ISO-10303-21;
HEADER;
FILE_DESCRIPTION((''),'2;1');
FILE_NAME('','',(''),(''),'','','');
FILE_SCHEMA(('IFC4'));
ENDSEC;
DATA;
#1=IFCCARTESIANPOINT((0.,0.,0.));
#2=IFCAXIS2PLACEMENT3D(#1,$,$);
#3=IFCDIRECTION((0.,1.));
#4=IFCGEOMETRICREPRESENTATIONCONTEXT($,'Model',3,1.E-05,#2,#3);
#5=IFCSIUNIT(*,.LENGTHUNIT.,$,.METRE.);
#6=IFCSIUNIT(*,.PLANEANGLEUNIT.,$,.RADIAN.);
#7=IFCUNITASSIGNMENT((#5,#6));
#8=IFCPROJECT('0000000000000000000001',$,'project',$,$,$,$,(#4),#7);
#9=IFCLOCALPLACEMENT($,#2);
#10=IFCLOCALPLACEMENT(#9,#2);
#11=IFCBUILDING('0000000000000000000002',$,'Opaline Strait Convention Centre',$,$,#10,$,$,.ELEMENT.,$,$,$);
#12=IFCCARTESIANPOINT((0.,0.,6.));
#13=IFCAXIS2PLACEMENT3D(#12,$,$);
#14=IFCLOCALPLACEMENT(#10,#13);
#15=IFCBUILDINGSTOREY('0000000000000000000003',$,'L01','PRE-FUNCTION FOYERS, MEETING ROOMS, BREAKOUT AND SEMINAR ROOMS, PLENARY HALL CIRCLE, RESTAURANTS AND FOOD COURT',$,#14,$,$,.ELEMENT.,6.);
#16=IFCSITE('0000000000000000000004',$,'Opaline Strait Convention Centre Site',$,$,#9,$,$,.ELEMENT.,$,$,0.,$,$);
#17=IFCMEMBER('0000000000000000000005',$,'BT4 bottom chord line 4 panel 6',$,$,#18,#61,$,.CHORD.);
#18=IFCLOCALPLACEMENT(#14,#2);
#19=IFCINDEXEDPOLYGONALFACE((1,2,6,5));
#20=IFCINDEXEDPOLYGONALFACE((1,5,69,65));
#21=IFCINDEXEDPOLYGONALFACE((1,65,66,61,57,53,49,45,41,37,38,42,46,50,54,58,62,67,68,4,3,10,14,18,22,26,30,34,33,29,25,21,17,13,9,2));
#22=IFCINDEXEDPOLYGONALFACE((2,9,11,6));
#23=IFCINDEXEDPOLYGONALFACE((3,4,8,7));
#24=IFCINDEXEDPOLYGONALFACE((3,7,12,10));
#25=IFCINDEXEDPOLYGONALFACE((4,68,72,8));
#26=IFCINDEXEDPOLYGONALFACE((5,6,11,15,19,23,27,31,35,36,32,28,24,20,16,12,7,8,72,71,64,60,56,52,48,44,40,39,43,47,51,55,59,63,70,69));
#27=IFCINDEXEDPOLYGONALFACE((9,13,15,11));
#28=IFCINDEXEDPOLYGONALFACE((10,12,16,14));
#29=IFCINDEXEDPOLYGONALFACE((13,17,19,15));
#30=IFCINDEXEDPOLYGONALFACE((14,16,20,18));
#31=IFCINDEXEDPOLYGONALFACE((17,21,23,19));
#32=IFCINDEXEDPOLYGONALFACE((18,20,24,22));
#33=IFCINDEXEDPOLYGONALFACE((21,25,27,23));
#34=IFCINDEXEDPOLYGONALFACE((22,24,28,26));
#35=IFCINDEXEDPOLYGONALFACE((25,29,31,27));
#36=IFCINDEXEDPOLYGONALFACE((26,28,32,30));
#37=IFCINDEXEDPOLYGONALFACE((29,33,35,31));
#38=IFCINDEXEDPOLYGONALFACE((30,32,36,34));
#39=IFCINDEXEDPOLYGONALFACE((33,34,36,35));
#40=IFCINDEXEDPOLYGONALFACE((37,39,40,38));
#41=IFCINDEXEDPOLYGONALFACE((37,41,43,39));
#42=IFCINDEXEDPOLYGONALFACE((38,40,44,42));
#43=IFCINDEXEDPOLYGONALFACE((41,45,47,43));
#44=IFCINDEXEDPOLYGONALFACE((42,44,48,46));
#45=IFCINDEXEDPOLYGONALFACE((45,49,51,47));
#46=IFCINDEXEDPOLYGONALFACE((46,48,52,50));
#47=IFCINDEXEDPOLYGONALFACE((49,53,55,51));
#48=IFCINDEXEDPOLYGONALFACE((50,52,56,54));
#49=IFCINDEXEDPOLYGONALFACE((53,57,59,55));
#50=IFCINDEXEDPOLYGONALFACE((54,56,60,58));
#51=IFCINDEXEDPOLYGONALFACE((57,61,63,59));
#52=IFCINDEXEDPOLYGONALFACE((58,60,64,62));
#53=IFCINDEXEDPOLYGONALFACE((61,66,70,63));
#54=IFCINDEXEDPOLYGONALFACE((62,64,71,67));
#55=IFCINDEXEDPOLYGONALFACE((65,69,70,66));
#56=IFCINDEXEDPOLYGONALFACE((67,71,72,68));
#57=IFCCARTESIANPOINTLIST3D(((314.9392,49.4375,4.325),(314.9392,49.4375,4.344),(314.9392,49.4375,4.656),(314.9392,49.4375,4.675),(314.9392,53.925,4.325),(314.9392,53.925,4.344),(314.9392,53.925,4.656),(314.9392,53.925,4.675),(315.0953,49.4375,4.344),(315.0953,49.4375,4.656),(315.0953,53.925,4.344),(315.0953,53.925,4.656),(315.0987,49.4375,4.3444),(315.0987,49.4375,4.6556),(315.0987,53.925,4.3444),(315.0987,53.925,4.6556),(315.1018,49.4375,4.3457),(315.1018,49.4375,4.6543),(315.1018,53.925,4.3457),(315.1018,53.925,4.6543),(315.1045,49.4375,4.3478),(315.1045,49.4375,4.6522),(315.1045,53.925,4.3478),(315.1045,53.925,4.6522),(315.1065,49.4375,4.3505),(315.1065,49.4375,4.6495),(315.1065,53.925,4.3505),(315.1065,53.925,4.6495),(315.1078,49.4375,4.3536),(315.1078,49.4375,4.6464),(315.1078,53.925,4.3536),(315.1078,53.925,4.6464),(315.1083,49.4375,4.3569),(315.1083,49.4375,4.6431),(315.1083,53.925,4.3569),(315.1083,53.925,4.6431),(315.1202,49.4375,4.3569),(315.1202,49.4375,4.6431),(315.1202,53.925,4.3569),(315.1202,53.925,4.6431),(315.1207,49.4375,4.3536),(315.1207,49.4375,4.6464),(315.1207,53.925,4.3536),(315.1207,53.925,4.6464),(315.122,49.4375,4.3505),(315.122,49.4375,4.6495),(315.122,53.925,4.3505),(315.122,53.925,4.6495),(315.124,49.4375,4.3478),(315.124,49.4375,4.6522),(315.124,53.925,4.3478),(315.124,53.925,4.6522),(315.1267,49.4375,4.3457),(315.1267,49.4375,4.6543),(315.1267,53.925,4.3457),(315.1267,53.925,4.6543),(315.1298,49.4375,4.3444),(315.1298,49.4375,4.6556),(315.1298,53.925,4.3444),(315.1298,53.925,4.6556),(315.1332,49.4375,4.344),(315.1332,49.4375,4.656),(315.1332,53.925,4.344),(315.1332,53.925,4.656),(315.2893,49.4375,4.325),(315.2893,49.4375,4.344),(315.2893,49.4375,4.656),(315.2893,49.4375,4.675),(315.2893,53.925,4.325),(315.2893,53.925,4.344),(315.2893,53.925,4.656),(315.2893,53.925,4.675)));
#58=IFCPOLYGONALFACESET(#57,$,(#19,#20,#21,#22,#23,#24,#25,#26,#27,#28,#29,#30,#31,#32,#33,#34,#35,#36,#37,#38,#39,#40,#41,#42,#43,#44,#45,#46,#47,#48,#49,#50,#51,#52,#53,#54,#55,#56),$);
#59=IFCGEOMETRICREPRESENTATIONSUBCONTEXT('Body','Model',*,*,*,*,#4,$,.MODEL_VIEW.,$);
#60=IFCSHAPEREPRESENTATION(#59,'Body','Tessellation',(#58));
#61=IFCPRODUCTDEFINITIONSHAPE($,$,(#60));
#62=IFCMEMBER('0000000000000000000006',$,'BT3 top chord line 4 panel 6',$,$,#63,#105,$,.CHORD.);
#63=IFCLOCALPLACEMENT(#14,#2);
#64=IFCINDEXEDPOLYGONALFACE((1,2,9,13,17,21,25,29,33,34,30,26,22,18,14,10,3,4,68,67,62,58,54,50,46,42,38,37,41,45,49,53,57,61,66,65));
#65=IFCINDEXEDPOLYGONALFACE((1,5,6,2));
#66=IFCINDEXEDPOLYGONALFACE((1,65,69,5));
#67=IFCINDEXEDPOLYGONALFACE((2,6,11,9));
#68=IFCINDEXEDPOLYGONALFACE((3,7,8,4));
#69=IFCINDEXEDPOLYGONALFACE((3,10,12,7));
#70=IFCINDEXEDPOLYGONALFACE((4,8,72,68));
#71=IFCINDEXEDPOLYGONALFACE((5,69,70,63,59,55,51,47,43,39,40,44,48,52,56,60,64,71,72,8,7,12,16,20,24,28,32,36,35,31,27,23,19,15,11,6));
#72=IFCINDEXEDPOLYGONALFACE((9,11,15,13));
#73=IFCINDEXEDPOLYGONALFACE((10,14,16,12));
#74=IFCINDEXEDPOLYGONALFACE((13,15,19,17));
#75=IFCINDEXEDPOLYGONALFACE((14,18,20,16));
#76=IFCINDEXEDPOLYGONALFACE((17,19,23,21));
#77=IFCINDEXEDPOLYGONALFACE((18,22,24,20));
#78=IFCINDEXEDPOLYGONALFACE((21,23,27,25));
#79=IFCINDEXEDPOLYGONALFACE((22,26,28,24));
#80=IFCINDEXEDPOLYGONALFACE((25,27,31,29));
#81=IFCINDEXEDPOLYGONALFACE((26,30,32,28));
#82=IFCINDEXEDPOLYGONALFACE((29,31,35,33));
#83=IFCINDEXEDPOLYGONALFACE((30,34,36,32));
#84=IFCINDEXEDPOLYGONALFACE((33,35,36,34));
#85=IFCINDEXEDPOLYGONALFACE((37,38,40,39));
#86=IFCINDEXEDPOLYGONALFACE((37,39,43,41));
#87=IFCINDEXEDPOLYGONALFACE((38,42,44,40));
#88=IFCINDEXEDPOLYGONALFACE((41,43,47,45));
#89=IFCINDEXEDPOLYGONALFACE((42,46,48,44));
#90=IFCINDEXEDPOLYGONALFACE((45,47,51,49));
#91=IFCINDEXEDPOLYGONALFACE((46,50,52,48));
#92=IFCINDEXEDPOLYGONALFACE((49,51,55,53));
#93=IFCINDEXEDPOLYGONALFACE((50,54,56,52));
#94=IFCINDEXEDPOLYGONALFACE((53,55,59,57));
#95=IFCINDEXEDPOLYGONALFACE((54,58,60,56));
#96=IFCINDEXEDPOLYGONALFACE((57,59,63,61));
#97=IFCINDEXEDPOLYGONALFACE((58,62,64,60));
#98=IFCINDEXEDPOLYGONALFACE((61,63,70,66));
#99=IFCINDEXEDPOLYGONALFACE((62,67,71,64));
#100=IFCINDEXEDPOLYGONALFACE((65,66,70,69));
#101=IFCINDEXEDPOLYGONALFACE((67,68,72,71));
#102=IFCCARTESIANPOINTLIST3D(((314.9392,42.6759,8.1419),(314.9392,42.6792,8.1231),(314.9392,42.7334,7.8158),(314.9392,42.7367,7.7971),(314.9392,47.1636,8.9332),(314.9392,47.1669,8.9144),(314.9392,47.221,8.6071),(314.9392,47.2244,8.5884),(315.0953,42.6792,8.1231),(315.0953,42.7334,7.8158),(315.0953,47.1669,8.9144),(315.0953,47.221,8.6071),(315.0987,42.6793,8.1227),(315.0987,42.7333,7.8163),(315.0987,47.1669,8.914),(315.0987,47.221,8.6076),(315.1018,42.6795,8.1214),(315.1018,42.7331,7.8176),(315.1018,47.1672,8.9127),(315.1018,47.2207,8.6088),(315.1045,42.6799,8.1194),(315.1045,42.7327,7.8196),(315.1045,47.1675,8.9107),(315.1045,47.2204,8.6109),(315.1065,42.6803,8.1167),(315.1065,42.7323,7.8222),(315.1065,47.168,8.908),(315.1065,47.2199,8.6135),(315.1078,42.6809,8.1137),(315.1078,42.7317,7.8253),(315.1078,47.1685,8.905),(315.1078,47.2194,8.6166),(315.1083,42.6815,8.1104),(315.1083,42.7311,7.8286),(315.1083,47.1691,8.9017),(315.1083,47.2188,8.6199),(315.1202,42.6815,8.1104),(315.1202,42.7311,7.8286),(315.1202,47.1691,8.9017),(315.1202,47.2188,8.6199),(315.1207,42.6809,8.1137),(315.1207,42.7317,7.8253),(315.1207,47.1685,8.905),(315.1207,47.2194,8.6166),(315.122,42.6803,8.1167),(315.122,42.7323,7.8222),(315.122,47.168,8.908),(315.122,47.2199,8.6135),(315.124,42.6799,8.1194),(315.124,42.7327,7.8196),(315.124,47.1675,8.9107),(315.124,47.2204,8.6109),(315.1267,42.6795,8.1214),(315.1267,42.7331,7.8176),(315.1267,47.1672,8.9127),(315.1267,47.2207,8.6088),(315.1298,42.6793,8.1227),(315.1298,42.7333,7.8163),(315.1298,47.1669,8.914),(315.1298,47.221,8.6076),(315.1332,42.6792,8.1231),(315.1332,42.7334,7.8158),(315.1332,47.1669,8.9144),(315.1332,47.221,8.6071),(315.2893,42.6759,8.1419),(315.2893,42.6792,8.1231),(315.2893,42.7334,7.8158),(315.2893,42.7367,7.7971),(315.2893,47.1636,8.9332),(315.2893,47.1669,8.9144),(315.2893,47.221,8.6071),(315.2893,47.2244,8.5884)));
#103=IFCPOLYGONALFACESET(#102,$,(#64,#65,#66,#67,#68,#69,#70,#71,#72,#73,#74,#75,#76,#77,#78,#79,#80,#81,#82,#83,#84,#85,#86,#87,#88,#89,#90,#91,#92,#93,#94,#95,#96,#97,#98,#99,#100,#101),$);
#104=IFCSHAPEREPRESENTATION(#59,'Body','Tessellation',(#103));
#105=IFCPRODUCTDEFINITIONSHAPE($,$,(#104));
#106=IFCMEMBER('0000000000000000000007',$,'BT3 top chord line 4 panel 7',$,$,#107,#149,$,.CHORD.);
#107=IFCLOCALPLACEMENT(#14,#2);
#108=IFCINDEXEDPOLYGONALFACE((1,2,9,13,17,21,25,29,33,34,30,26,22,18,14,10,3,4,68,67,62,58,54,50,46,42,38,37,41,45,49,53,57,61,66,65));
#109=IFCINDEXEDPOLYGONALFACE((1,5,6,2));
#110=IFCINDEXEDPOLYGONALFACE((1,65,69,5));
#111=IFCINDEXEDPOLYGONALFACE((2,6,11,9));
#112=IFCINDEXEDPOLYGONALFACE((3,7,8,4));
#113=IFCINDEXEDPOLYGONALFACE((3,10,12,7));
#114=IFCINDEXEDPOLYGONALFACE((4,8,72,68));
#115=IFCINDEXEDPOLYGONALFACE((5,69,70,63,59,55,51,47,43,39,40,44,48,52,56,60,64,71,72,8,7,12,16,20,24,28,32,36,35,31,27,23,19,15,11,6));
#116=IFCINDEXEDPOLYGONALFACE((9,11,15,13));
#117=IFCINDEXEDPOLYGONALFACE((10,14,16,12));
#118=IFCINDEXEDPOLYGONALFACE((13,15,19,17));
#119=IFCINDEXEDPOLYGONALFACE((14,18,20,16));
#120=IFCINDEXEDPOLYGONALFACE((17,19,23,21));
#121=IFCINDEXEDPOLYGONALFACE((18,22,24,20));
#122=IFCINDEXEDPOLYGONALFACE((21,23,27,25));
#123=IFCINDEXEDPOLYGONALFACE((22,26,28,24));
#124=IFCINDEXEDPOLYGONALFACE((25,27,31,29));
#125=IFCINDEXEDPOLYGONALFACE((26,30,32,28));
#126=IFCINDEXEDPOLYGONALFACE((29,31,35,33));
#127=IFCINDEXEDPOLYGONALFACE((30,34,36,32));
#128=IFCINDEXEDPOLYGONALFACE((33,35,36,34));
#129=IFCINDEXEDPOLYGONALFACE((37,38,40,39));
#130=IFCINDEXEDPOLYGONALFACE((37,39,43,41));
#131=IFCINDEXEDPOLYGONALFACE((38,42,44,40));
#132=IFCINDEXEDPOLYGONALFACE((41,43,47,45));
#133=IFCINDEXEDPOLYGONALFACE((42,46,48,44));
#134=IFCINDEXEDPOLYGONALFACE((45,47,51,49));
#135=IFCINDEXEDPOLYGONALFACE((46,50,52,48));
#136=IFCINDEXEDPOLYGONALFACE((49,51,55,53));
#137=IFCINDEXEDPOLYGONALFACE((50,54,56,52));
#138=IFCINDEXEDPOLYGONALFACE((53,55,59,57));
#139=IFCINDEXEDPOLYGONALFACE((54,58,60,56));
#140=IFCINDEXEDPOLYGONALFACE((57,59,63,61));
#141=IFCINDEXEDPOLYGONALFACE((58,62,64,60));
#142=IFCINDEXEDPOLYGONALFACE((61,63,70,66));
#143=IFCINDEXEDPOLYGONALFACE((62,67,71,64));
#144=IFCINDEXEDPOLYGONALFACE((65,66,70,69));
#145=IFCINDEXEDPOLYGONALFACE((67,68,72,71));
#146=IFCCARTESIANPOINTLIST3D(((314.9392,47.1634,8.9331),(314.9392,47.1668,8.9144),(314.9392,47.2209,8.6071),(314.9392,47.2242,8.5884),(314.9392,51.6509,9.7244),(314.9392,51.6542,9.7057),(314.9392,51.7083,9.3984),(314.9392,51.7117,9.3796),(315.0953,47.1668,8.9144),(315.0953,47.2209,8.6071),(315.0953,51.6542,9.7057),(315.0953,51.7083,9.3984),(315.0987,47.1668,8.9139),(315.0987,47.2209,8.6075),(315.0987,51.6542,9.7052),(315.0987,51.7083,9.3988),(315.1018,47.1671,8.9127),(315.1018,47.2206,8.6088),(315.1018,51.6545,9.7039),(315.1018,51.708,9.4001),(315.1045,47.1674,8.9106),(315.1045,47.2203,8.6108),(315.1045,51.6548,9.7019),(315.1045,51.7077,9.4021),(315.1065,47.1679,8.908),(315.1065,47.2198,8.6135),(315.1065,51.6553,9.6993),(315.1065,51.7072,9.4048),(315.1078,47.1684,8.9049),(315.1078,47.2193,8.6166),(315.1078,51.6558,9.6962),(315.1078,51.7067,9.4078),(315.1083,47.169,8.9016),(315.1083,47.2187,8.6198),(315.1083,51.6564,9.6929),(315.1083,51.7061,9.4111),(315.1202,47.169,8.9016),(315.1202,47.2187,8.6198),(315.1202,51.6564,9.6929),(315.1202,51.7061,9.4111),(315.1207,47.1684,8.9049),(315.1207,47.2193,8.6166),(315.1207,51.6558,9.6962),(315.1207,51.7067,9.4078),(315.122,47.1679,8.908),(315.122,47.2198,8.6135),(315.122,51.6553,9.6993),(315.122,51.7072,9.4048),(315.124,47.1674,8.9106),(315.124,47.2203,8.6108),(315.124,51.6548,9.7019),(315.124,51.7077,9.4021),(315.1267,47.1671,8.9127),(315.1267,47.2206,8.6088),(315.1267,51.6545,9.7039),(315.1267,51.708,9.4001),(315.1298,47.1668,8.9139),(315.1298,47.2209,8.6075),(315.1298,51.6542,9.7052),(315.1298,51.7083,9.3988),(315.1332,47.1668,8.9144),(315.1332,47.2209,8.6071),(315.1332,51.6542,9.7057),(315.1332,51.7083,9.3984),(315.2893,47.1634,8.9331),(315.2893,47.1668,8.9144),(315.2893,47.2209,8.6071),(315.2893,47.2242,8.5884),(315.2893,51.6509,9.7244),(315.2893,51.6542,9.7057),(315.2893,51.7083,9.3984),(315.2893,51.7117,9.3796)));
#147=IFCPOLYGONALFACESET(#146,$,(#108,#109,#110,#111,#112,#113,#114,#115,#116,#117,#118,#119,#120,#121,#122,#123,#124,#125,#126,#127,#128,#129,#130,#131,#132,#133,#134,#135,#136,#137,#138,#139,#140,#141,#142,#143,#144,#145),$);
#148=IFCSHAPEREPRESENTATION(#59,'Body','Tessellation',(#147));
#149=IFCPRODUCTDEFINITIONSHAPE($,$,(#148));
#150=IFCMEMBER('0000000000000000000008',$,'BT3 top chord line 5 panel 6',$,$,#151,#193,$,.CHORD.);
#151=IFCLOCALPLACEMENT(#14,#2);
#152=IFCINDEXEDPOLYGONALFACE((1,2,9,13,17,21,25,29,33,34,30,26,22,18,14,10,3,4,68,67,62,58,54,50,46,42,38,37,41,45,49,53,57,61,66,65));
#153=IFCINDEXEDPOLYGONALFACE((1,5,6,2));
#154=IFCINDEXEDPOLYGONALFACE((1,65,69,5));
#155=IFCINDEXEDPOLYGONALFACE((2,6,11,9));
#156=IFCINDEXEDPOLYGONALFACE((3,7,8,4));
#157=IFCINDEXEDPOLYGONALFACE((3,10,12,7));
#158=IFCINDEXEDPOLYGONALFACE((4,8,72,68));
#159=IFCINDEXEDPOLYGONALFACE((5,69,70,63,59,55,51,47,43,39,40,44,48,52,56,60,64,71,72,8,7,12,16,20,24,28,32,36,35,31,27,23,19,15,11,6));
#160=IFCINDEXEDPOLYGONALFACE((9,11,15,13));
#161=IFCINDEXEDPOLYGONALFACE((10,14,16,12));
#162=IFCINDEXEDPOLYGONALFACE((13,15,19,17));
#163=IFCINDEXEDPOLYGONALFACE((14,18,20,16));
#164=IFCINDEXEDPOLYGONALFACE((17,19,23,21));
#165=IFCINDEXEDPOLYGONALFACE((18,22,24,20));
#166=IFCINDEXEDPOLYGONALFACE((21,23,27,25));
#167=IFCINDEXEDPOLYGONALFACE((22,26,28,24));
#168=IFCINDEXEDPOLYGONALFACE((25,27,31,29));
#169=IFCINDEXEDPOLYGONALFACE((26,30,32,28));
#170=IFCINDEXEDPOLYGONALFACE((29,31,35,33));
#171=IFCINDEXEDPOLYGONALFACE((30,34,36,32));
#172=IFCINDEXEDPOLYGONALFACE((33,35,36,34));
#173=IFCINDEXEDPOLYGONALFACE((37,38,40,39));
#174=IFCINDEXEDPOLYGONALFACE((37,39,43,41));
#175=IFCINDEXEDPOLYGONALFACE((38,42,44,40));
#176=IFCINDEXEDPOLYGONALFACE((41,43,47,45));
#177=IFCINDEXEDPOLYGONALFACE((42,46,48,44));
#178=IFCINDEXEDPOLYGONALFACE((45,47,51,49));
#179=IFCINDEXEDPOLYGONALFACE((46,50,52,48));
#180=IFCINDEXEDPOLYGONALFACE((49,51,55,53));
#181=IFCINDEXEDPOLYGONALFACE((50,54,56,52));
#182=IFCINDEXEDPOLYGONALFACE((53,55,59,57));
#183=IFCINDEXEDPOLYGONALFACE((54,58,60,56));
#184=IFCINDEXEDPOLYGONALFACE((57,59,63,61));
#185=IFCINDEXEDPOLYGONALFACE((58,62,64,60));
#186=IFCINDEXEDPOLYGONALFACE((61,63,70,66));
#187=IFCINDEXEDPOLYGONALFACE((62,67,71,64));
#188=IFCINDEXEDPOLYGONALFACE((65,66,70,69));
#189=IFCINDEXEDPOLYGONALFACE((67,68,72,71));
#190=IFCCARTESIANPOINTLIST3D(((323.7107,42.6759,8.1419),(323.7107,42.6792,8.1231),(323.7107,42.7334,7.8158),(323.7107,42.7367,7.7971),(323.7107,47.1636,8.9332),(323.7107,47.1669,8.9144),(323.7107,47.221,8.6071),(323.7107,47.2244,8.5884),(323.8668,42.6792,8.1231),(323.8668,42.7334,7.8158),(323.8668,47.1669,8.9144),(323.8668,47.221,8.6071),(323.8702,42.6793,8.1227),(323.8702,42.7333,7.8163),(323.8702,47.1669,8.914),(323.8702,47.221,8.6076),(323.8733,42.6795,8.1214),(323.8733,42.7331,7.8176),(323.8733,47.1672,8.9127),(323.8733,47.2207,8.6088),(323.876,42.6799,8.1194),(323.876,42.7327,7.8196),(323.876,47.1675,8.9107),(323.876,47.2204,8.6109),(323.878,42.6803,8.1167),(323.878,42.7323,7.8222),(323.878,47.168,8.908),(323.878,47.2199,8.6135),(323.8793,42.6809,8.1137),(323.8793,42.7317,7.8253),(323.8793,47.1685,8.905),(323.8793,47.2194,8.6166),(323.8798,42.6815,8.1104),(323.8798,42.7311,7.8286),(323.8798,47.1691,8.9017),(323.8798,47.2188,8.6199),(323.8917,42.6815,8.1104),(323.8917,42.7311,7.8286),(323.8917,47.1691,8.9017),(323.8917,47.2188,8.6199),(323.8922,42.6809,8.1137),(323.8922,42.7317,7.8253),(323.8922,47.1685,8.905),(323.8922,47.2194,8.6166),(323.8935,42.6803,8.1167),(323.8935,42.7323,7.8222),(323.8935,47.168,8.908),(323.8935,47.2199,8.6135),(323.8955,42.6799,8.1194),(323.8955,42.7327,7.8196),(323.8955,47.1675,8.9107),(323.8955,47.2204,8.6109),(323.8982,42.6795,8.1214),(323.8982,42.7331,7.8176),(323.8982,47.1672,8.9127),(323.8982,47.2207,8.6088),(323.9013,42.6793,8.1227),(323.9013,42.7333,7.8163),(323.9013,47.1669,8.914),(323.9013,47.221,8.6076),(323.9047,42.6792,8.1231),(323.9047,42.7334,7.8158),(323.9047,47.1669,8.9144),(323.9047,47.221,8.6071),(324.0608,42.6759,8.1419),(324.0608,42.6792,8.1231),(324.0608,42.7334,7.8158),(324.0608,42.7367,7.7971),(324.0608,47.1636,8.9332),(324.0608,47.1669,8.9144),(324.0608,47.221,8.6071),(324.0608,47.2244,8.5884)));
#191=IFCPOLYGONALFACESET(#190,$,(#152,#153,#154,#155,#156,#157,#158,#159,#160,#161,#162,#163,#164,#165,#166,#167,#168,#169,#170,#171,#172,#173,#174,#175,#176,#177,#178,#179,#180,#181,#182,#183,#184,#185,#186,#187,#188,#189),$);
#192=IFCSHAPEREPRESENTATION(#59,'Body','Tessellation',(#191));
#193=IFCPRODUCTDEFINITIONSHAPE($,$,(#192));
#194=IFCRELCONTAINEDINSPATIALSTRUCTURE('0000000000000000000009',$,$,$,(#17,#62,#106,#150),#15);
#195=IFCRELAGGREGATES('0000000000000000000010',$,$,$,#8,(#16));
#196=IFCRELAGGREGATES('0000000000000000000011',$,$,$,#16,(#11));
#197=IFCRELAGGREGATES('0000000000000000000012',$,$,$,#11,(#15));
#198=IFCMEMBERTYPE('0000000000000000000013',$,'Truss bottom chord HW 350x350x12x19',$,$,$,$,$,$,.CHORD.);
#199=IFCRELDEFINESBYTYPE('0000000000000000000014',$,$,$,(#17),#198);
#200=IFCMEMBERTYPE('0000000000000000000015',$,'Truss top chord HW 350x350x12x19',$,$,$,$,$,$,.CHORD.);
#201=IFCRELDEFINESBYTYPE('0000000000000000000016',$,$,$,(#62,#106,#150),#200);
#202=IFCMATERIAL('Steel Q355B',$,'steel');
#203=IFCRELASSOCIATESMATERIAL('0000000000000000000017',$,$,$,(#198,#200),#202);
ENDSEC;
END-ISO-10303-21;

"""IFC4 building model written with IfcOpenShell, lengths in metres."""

from ifc_helpers import new_model, si_unit, direction, frame, origin, origin_2d, place, context, subcontext, project, spatial, i_section, extrude, material, material_profile, profile_set, type_object, element, save


model = new_model("IFC4")

# Units and contexts
model_context = context("Model", 3, precision=1e-05, world=origin(), true_north=direction((0.0, 1.0)))
body_context = subcontext(model_context, "Body", "Model", "MODEL_VIEW")
ifc_project = project(units=[si_unit("LENGTHUNIT", "METRE"), si_unit("PLANEANGLEUNIT", "RADIAN")], contexts=[model_context])

# Site, building, storey
site_placement = place(None, origin())
site = spatial("IfcSite", under=ifc_project, at=site_placement, Name="Opaline Strait Convention Centre Site", CompositionType="ELEMENT", RefElevation=0.0)
building_placement = place(site_placement, origin())
building = spatial("IfcBuilding", under=site, at=building_placement, Name="Opaline Strait Convention Centre", CompositionType="ELEMENT")
storey_placement = place(building_placement, frame((0.0, 0.0, 6.0)))
storey = spatial("IfcBuildingStorey", under=building, at=storey_placement, Name="L01", Description="PRE-FUNCTION FOYERS, MEETING ROOMS, BREAKOUT AND SEMINAR ROOMS, PLENARY HALL CIRCLE, RESTAURANTS AND FOOD COURT", CompositionType="ELEMENT", Elevation=6.0)

# Members
ifc_material_1 = material(Name="Steel Q355B", Category="steel")
ifc_material_profile_1 = material_profile(ifc_material_1, i_section(OverallWidth=0.3501, OverallDepth=0.3501, WebThickness=0.012, FlangeThickness=0.019, FilletRadius=0.0129, at=origin_2d()), Name="HW 350x350x12x19")
ifc_profile_set_1 = profile_set([ifc_material_profile_1], Name="Steel Q355B")
member_type_1 = type_object("IfcMemberType", Name="Truss bottom chord HW 350x350x12x19", PredefinedType="CHORD", material=ifc_profile_set_1)
for number, where, z_axis, x_axis, name in (
    (1, (315.1143, 49.4375, 4.5), (0.0, 1.0, 0.0), (-1.0, 0.0, 0.0), "BT4 bottom chord line 4 panel 6"),
):
    element("IfcMember", number, at=place(storey_placement, frame(where, z_axis=z_axis, x_axis=x_axis)), inside=storey, type_object=member_type_1, Name=name, PredefinedType="CHORD", context=body_context, shape_type="SweptSolid", body=[
        extrude(i_section(OverallWidth=0.3501, OverallDepth=0.3501, WebThickness=0.012, FlangeThickness=0.019, FilletRadius=0.0129, at=origin_2d()), origin(), (0.0, 0.0, 1.0), 4.4875),
    ])
ifc_material_profile_2 = material_profile(ifc_material_1, i_section(OverallWidth=0.3501, OverallDepth=0.3501, WebThickness=0.012, FlangeThickness=0.019, FilletRadius=0.0129, at=origin_2d()), Name="HW 350x350x12x19")
ifc_profile_set_2 = profile_set([ifc_material_profile_2], Name="Steel Q355B")
member_type_2 = type_object("IfcMemberType", Name="Truss top chord HW 350x350x12x19", PredefinedType="CHORD", material=ifc_profile_set_2)
member_1_placement = place(storey_placement, frame((315.1143, 42.7063, 7.9695), z_axis=(0.0, 0.984808, 0.173645), x_axis=(-1.0, 0.0, 0.0)))
element("IfcMember", 2, at=member_1_placement, inside=storey, type_object=member_type_2, Name="BT3 top chord line 4 panel 6", PredefinedType="CHORD", context=body_context, shape_type="SweptSolid", body=[
    extrude(i_section(OverallWidth=0.3501, OverallDepth=0.3501, WebThickness=0.012, FlangeThickness=0.019, FilletRadius=0.0129, at=origin_2d()), origin(), (0.0, 0.0, 1.0), 4.5569),
])
member_2_placement = place(storey_placement, frame((315.1143, 47.1938, 8.7607), z_axis=(0.0, 0.984807, 0.173654), x_axis=(-1.0, 0.0, 0.0)))
element("IfcMember", 3, at=member_2_placement, inside=storey, type_object=member_type_2, Name="BT3 top chord line 4 panel 7", PredefinedType="CHORD", context=body_context, shape_type="SweptSolid", body=[
    extrude(i_section(OverallWidth=0.3501, OverallDepth=0.3501, WebThickness=0.012, FlangeThickness=0.019, FilletRadius=0.0129, at=origin_2d()), origin(), (0.0, 0.0, 1.0), 4.5566),
])
member_3_placement = place(storey_placement, frame((323.8857, 42.7063, 7.9695), z_axis=(0.0, 0.984808, 0.173645), x_axis=(-1.0, 0.0, 0.0)))
element("IfcMember", 4, at=member_3_placement, inside=storey, type_object=member_type_2, Name="BT3 top chord line 5 panel 6", PredefinedType="CHORD", context=body_context, shape_type="SweptSolid", body=[
    extrude(i_section(OverallWidth=0.3501, OverallDepth=0.3501, WebThickness=0.012, FlangeThickness=0.019, FilletRadius=0.0129, at=origin_2d()), origin(), (0.0, 0.0, 1.0), 4.5569),
])

save(model, "model.ifc")
